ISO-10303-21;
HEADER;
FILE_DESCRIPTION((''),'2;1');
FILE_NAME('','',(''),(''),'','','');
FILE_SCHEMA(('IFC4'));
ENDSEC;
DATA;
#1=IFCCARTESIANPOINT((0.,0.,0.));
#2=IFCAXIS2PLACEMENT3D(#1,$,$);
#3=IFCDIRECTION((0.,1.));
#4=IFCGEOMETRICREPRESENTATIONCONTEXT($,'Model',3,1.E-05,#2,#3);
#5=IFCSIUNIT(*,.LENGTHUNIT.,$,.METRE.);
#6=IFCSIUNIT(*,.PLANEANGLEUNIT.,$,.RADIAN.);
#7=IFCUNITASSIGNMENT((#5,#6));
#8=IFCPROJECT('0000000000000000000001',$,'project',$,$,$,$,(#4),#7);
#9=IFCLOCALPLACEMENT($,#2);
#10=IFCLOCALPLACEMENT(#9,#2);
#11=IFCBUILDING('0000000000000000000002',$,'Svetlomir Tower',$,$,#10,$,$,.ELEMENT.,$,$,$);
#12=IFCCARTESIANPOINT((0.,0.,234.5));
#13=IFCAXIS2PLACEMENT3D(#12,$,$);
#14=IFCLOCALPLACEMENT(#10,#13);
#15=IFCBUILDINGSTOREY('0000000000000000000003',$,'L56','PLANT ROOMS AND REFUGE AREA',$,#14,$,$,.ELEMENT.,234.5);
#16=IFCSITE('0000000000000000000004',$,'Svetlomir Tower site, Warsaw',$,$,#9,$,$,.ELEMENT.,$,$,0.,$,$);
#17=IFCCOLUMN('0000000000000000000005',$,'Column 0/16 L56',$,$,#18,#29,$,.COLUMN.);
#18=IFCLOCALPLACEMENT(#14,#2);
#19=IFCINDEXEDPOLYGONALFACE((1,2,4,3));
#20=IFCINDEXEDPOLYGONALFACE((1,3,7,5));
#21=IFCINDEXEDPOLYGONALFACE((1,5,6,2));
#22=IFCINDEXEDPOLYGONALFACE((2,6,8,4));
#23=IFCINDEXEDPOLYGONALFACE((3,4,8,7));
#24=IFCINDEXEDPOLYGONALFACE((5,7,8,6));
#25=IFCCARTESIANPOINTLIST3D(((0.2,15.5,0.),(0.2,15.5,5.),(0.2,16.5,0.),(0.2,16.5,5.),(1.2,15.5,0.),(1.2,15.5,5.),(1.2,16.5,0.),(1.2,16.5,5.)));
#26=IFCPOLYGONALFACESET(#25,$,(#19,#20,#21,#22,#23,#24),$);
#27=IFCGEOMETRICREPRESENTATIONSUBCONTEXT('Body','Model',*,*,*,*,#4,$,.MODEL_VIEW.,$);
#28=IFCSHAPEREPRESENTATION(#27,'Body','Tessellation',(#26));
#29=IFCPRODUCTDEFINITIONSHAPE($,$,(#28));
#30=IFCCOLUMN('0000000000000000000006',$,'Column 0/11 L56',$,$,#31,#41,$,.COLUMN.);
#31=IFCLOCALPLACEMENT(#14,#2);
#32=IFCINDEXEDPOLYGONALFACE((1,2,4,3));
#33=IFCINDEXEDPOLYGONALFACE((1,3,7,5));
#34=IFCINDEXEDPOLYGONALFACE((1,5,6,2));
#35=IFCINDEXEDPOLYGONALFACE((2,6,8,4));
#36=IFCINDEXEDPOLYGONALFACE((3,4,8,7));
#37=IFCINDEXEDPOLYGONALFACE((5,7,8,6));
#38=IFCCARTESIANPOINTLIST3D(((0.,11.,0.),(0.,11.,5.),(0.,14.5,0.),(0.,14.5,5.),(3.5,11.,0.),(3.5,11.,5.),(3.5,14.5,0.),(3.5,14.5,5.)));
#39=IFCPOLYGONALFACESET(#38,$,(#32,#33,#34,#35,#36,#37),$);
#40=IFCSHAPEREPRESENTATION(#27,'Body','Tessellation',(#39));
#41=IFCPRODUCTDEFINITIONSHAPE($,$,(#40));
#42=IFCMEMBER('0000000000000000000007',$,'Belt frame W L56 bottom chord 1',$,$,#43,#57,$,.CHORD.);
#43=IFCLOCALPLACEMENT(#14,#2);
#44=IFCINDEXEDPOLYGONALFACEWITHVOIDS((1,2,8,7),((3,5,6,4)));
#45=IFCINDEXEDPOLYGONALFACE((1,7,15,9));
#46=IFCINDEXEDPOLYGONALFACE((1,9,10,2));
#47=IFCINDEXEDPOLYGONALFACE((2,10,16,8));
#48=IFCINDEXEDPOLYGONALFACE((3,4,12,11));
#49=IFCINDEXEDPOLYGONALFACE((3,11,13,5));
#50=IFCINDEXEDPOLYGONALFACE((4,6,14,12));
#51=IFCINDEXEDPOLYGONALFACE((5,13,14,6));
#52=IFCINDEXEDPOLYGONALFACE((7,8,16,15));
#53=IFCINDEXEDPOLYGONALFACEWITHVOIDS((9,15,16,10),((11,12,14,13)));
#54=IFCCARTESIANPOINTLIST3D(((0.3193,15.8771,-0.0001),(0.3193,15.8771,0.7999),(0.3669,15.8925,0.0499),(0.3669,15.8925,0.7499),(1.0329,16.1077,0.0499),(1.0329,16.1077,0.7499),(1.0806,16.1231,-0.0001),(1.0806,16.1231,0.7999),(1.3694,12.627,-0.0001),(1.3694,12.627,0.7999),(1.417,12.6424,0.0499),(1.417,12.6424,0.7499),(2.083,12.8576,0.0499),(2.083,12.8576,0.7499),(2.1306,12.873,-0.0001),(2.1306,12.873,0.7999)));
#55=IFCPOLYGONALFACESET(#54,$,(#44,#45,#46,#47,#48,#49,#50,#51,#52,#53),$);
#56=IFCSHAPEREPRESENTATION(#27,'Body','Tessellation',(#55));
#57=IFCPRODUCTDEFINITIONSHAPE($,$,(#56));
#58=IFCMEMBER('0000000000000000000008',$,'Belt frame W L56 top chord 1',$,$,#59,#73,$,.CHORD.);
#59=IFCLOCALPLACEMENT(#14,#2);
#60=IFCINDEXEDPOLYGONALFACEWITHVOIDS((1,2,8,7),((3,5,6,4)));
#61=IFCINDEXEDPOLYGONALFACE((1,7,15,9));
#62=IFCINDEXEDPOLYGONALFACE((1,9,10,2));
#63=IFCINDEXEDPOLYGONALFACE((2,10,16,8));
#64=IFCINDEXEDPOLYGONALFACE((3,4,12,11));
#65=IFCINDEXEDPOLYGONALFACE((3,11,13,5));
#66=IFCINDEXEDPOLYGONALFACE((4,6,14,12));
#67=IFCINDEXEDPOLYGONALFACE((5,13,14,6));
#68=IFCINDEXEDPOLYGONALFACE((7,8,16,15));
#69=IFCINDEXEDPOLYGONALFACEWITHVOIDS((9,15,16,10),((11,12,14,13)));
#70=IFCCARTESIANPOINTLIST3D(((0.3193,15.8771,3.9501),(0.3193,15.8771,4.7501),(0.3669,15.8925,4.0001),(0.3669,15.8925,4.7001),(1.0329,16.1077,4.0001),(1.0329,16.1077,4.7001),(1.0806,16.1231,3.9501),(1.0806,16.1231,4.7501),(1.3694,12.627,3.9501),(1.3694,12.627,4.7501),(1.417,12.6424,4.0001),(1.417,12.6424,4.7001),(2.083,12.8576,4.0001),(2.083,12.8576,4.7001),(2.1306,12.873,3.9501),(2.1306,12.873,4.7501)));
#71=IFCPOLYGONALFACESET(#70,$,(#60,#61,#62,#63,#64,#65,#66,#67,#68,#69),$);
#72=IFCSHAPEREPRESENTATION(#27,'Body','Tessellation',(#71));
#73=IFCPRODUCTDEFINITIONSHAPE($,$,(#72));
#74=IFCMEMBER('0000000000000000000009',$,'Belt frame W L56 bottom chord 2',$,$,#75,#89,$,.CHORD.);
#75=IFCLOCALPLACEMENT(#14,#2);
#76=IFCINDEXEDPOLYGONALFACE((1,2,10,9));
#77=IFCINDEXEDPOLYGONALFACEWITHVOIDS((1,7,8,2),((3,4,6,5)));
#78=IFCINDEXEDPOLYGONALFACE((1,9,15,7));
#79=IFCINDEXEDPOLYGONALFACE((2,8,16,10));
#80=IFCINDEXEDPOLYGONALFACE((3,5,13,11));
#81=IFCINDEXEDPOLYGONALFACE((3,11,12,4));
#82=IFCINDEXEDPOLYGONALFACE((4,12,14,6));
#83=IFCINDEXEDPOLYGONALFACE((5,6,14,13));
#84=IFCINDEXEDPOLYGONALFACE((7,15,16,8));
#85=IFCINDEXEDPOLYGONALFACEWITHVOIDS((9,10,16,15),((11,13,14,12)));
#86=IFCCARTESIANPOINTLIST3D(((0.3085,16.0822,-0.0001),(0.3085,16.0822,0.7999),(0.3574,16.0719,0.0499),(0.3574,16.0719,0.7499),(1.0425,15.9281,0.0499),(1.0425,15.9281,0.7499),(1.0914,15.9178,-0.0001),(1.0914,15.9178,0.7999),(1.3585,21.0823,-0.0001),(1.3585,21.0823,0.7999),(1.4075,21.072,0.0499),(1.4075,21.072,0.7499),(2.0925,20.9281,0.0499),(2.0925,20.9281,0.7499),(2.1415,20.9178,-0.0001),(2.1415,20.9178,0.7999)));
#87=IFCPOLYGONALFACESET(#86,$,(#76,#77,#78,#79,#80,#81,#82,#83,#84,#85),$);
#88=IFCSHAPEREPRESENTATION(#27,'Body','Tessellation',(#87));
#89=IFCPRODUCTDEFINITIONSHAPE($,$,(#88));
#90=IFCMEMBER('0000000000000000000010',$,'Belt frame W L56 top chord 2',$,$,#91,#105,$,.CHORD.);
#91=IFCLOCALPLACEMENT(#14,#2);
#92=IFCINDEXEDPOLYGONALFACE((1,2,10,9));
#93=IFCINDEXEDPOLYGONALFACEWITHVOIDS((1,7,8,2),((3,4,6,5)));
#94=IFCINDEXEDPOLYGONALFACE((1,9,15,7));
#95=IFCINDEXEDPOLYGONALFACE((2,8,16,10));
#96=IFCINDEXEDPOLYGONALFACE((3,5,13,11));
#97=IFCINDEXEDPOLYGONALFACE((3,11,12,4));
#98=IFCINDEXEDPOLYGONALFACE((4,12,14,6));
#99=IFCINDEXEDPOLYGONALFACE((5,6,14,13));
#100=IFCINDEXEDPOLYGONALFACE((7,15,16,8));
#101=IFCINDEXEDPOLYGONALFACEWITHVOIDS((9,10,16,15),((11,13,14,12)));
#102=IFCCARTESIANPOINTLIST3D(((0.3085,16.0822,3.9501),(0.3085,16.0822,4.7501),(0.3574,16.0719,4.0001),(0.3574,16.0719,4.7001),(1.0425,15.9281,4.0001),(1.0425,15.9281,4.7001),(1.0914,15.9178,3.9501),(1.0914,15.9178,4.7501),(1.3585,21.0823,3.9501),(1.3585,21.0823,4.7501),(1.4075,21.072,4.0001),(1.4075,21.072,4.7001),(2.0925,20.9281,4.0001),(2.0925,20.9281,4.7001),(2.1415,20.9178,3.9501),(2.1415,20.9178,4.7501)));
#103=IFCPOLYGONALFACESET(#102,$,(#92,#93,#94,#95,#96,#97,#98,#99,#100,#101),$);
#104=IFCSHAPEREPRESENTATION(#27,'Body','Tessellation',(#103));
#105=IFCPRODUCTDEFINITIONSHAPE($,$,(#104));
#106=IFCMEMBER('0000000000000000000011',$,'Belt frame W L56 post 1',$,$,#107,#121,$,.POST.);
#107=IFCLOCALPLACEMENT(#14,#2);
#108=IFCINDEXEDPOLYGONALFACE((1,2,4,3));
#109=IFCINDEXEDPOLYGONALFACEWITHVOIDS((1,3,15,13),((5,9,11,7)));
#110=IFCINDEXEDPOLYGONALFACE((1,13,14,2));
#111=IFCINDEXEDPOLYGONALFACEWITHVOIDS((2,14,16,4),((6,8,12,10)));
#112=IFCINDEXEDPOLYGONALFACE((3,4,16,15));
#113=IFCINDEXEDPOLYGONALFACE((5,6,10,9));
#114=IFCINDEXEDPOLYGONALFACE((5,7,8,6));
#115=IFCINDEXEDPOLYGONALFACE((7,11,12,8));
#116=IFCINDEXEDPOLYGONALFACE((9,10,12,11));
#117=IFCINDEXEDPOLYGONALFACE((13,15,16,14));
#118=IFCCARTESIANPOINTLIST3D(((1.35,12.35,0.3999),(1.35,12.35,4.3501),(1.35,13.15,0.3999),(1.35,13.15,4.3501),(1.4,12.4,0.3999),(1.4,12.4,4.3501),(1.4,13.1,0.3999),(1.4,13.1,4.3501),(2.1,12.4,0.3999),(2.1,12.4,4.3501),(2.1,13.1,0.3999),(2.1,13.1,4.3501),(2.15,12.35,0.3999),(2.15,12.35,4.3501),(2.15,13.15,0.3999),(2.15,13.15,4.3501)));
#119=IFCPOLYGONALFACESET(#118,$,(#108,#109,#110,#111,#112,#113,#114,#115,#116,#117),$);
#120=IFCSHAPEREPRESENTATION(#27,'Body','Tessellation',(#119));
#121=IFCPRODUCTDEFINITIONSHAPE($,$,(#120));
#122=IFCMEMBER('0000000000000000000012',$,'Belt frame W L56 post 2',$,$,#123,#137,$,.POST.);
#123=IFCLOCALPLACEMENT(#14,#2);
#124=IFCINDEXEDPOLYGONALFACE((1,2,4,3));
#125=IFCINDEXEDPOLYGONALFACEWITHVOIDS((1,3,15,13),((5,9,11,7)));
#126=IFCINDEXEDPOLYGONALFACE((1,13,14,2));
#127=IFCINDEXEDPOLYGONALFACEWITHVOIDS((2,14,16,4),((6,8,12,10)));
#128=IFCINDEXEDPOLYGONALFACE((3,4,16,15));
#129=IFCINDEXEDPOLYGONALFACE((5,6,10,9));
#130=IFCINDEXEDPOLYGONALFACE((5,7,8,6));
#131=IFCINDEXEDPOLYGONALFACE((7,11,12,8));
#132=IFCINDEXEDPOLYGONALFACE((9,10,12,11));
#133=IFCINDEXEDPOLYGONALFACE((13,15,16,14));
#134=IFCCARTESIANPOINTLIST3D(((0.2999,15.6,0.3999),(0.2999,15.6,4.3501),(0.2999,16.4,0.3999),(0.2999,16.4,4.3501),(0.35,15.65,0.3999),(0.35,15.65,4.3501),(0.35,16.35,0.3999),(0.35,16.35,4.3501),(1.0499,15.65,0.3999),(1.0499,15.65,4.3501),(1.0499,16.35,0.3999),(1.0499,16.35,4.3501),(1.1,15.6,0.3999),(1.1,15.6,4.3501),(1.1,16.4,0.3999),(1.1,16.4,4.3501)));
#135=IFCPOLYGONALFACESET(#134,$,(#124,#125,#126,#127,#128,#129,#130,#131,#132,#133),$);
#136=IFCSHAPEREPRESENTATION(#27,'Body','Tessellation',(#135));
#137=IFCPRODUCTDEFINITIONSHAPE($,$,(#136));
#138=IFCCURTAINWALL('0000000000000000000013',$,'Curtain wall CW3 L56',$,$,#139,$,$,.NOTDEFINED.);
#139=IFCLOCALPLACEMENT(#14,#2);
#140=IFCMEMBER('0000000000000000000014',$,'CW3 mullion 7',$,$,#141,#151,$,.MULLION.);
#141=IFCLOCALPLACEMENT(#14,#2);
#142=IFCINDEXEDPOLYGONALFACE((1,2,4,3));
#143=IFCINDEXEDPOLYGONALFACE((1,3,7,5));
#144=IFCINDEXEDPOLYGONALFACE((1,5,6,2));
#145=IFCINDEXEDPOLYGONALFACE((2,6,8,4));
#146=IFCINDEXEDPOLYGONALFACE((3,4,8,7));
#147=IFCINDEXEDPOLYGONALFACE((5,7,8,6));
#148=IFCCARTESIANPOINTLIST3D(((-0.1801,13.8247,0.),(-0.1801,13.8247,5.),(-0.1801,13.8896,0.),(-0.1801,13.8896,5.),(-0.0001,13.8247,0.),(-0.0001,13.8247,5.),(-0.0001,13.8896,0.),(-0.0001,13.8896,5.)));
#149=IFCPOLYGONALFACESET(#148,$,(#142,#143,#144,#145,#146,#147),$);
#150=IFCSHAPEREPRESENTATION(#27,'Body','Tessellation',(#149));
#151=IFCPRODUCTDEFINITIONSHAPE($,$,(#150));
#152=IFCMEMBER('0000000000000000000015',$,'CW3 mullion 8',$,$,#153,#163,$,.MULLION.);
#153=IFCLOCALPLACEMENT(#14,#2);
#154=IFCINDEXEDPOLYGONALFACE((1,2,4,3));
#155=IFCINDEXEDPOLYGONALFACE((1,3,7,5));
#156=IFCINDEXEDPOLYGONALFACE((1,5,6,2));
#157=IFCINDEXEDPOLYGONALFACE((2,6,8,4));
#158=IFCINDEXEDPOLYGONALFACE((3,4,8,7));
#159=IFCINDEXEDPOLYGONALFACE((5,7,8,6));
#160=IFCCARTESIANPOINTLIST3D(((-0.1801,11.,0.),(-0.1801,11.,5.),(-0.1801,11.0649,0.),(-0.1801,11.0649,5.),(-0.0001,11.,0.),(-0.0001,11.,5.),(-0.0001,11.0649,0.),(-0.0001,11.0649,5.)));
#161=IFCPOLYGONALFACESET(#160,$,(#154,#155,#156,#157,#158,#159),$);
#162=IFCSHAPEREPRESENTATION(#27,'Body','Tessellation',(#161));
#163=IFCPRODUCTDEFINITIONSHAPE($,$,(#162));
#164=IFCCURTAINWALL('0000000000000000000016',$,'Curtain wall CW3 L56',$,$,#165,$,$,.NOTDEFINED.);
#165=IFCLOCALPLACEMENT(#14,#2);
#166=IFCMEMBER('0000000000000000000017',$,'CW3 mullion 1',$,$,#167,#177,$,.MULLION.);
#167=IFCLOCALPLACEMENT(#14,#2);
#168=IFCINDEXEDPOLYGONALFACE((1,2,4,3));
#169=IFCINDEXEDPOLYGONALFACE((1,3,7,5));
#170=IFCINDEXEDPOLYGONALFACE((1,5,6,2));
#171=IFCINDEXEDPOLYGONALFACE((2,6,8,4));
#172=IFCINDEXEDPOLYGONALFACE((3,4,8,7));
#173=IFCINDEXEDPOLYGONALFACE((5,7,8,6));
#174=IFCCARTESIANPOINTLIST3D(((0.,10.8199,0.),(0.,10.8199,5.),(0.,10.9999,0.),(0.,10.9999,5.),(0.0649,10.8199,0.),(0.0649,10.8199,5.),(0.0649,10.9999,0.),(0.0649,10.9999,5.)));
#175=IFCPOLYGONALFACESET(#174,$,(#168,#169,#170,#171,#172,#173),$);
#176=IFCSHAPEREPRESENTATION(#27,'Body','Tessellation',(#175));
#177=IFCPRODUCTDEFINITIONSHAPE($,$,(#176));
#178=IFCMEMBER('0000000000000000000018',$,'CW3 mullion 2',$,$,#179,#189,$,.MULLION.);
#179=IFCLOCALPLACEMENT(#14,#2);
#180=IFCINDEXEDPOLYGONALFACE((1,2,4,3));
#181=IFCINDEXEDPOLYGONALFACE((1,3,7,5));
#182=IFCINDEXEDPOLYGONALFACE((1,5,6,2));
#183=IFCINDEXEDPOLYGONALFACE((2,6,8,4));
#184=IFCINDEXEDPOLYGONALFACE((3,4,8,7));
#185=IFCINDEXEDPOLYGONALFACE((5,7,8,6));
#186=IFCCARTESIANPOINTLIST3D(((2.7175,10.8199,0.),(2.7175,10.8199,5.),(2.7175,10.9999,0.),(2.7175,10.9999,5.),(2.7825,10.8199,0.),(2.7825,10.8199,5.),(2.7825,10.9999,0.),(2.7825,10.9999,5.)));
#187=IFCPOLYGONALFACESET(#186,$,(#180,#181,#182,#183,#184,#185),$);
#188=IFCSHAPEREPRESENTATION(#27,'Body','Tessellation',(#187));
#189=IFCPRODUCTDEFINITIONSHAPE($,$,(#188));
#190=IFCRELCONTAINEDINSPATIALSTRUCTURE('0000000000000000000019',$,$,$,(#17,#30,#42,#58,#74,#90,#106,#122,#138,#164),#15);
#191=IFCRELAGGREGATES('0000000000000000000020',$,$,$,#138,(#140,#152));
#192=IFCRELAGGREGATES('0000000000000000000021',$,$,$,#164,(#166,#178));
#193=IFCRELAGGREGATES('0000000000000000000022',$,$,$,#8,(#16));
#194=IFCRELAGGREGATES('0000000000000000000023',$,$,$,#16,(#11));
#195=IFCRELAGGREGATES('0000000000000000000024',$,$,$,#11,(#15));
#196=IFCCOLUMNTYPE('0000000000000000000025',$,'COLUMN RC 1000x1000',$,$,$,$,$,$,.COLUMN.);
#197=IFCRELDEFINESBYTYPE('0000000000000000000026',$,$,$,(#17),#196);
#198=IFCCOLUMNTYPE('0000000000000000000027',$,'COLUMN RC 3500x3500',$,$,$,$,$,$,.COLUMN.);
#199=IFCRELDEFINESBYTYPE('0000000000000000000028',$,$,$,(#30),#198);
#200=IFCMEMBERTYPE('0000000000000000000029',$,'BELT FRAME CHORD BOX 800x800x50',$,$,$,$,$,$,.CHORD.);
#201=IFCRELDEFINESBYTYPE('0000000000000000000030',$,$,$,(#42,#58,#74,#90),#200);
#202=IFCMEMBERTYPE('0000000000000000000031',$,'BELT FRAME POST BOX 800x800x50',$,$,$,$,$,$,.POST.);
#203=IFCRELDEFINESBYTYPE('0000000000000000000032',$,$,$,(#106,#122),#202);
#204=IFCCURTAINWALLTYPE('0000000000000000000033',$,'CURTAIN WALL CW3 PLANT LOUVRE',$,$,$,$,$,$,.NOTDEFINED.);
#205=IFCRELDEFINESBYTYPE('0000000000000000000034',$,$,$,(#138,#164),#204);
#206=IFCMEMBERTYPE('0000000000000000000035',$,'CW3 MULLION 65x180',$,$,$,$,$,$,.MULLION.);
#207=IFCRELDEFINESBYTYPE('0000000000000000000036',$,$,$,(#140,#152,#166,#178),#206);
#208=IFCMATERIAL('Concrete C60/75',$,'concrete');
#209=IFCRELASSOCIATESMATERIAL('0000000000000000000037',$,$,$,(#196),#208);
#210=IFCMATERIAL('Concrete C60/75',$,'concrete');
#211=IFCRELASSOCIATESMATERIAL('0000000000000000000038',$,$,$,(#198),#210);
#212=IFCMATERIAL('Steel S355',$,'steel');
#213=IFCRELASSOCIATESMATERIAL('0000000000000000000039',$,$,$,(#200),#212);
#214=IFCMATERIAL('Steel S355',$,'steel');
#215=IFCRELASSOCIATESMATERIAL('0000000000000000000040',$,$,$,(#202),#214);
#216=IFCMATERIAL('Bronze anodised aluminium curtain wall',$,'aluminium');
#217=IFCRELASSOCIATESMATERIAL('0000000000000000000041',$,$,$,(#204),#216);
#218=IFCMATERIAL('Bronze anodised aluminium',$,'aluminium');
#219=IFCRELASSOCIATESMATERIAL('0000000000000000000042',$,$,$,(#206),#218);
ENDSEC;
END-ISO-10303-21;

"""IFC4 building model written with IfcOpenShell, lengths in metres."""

from ifc_helpers import new_model, si_unit, direction, frame, origin, origin_2d, place, context, subcontext, project, spatial, rectangle, hollow_rectangle, extrude, material, material_profile, profile_set, type_object, element, aggregate, save


model = new_model("IFC4")

# Units and contexts
model_context = context("Model", 3, precision=1e-05, world=origin(), true_north=direction((0.0, 1.0)))
body_context = subcontext(model_context, "Body", "Model", "MODEL_VIEW")
ifc_project = project(units=[si_unit("LENGTHUNIT", "METRE"), si_unit("PLANEANGLEUNIT", "RADIAN")], contexts=[model_context])

# Site, building, storey
site_placement = place(None, origin())
site = spatial("IfcSite", under=ifc_project, at=site_placement, Name="Svetlomir Tower site, Warsaw", CompositionType="ELEMENT", RefElevation=0.0)
building_placement = place(site_placement, origin())
building = spatial("IfcBuilding", under=site, at=building_placement, Name="Svetlomir Tower", CompositionType="ELEMENT")
storey_placement = place(building_placement, frame((0.0, 0.0, 234.5)))
storey = spatial("IfcBuildingStorey", under=building, at=storey_placement, Name="L56", Description="PLANT ROOMS AND REFUGE AREA", CompositionType="ELEMENT", Elevation=234.5)

# Columns
ifc_material_1 = material(Name="Concrete C60/75", Category="concrete")
ifc_material_profile_1 = material_profile(ifc_material_1, rectangle(XDim=1.0, YDim=1.0, at=origin_2d()), Name="RC 1000x1000")
ifc_profile_set_1 = profile_set([ifc_material_profile_1], Name="Concrete C60/75")
column_type_1 = type_object("IfcColumnType", Name="COLUMN RC 1000x1000", PredefinedType="COLUMN", material=ifc_profile_set_1)
column_1_placement = place(storey_placement, frame((0.7, 16.0, 0.0), z_axis=(0.0, 0.0, 1.0), x_axis=(1.0, 0.0, 0.0)))
element("IfcColumn", 1, at=column_1_placement, inside=storey, type_object=column_type_1, Name="Column 0/16 L56", PredefinedType="COLUMN", context=body_context, shape_type="SweptSolid", body=[
    extrude(rectangle(XDim=1.0, YDim=1.0, at=origin_2d()), origin(), (0.0, 0.0, 1.0), 5.0),
])
ifc_material_2 = material(Name="Concrete C60/75", Category="concrete")
ifc_material_profile_2 = material_profile(ifc_material_2, rectangle(XDim=3.5, YDim=3.5, at=origin_2d()), Name="RC 3500x3500")
ifc_profile_set_2 = profile_set([ifc_material_profile_2], Name="Concrete C60/75")
column_type_2 = type_object("IfcColumnType", Name="COLUMN RC 3500x3500", PredefinedType="COLUMN", material=ifc_profile_set_2)
column_2_placement = place(storey_placement, frame((1.75, 12.75, 0.0), z_axis=(0.0, 0.0, 1.0), x_axis=(1.0, 0.0, 0.0)))
element("IfcColumn", 2, at=column_2_placement, inside=storey, type_object=column_type_2, Name="Column 0/11 L56", PredefinedType="COLUMN", context=body_context, shape_type="SweptSolid", body=[
    extrude(rectangle(XDim=3.5, YDim=3.5, at=origin_2d()), origin(), (0.0, 0.0, 1.0), 5.0),
])

# Members
ifc_material_3 = material(Name="Steel S355", Category="steel")
ifc_material_profile_3 = material_profile(ifc_material_3, hollow_rectangle(XDim=0.8, YDim=0.8, WallThickness=0.05, at=origin_2d()), Name="BOX 800x800x50")
ifc_profile_set_3 = profile_set([ifc_material_profile_3], Name="Steel S355")
member_type_1 = type_object("IfcMemberType", Name="BELT FRAME CHORD BOX 800x800x50", PredefinedType="CHORD", material=ifc_profile_set_3)
for number, where, z_axis, x_axis, name in (
    (3, (1.75, 12.75, 0.3999), (-0.307443, 0.951566, 0.0), (-0.951566, -0.307443, 0.0), "Belt frame W L56 bottom chord 1"),
    (4, (1.75, 12.75, 4.3501), (-0.307443, 0.951566, 0.0), (-0.951566, -0.307443, 0.0), "Belt frame W L56 top chord 1"),
):
    element("IfcMember", number, at=place(storey_placement, frame(where, z_axis=z_axis, x_axis=x_axis)), inside=storey, type_object=member_type_1, Name=name, PredefinedType="CHORD", context=body_context, shape_type="SweptSolid", body=[
        extrude(hollow_rectangle(XDim=0.8, YDim=0.8, WallThickness=0.05, at=origin_2d()), origin(), (0.0, 0.0, 1.0), 3.4155),
    ])
for number, where, z_axis, x_axis, name in (
    (5, (0.7, 16.0, 0.3999), (0.205526, 0.978652, 0.0), (-0.978652, 0.205526, 0.0), "Belt frame W L56 bottom chord 2"),
    (6, (0.7, 16.0, 4.3501), (0.205526, 0.978652, 0.0), (-0.978652, 0.205526, 0.0), "Belt frame W L56 top chord 2"),
):
    element("IfcMember", number, at=place(storey_placement, frame(where, z_axis=z_axis, x_axis=x_axis)), inside=storey, type_object=member_type_1, Name=name, PredefinedType="CHORD", context=body_context, shape_type="SweptSolid", body=[
        extrude(hollow_rectangle(XDim=0.8, YDim=0.8, WallThickness=0.05, at=origin_2d()), origin(), (0.0, 0.0, 1.0), 5.1091),
    ])
ifc_material_4 = material(Name="Steel S355", Category="steel")
ifc_material_profile_4 = material_profile(ifc_material_4, hollow_rectangle(XDim=0.8, YDim=0.8, WallThickness=0.05, at=origin_2d()), Name="BOX 800x800x50")
ifc_profile_set_4 = profile_set([ifc_material_profile_4], Name="Steel S355")
member_type_2 = type_object("IfcMemberType", Name="BELT FRAME POST BOX 800x800x50", PredefinedType="POST", material=ifc_profile_set_4)
for number, where, z_axis, x_axis, name in (
    (7, (1.75, 12.75, 0.3999), (0.0, 0.0, 1.0), (1.0, 0.0, 0.0), "Belt frame W L56 post 1"),
    (8, (0.7, 16.0, 0.3999), (0.0, 0.0, 1.0), (1.0, 0.0, 0.0), "Belt frame W L56 post 2"),
):
    element("IfcMember", number, at=place(storey_placement, frame(where, z_axis=z_axis, x_axis=x_axis)), inside=storey, type_object=member_type_2, Name=name, PredefinedType="POST", context=body_context, shape_type="SweptSolid", body=[
        extrude(hollow_rectangle(XDim=0.8, YDim=0.8, WallThickness=0.05, at=origin_2d()), origin(), (0.0, 0.0, 1.0), 3.9502),
    ])

# Curtain walls, members
ifc_material_5 = material(Name="Bronze anodised aluminium curtain wall", Category="aluminium")
curtain_wall_type = type_object("IfcCurtainWallType", Name="CURTAIN WALL CW3 PLANT LOUVRE", PredefinedType="NOTDEFINED", material=ifc_material_5)
curtain_wall_1_placement = place(storey_placement, origin())
curtain_wall_1 = element("IfcCurtainWall", 9, at=curtain_wall_1_placement, inside=storey, type_object=curtain_wall_type, Name="Curtain wall CW3 L56", PredefinedType="NOTDEFINED")
ifc_material_6 = material(Name="Bronze anodised aluminium", Category="aluminium")
ifc_material_profile_5 = material_profile(ifc_material_6, rectangle(XDim=0.0649, YDim=0.1799, at=origin_2d()), Name="AL 65x180")
ifc_profile_set_5 = profile_set([ifc_material_profile_5], Name="Bronze anodised aluminium 6063-T6")
member_type_3 = type_object("IfcMemberType", Name="CW3 MULLION 65x180", PredefinedType="MULLION", material=ifc_profile_set_5)
member_1_placement = place(storey_placement, frame((-0.0901, 13.8572, 0.0), z_axis=(0.0, 0.0, 1.0), x_axis=(0.0, -1.0, 0.0)))
member_1 = element("IfcMember", 10, at=member_1_placement, type_object=member_type_3, Name="CW3 mullion 7", PredefinedType="MULLION", context=body_context, shape_type="SweptSolid", body=[
    extrude(rectangle(XDim=0.0649, YDim=0.1799, at=origin_2d()), origin(), (0.0, 0.0, 1.0), 5.0),
])
member_2_placement = place(storey_placement, frame((-0.0901, 11.0325, 0.0), z_axis=(0.0, 0.0, 1.0), x_axis=(0.0, -1.0, 0.0)))
member_2 = element("IfcMember", 11, at=member_2_placement, type_object=member_type_3, Name="CW3 mullion 8", PredefinedType="MULLION", context=body_context, shape_type="SweptSolid", body=[
    extrude(rectangle(XDim=0.0649, YDim=0.1799, at=origin_2d()), origin(), (0.0, 0.0, 1.0), 5.0),
])
curtain_wall_2_placement = place(storey_placement, origin())
curtain_wall_2 = element("IfcCurtainWall", 12, at=curtain_wall_2_placement, inside=storey, type_object=curtain_wall_type, Name="Curtain wall CW3 L56", PredefinedType="NOTDEFINED")
member_3_placement = place(storey_placement, frame((0.0325, 10.9099, 0.0), z_axis=(0.0, 0.0, 1.0), x_axis=(1.0, 0.0, 0.0)))
member_3 = element("IfcMember", 13, at=member_3_placement, type_object=member_type_3, Name="CW3 mullion 1", PredefinedType="MULLION", context=body_context, shape_type="SweptSolid", body=[
    extrude(rectangle(XDim=0.0649, YDim=0.1799, at=origin_2d()), origin(), (0.0, 0.0, 1.0), 5.0),
])
member_4_placement = place(storey_placement, frame((2.75, 10.9099, 0.0), z_axis=(0.0, 0.0, 1.0), x_axis=(1.0, 0.0, 0.0)))
member_4 = element("IfcMember", 14, at=member_4_placement, type_object=member_type_3, Name="CW3 mullion 2", PredefinedType="MULLION", context=body_context, shape_type="SweptSolid", body=[
    extrude(rectangle(XDim=0.0649, YDim=0.1799, at=origin_2d()), origin(), (0.0, 0.0, 1.0), 5.0),
])

aggregate(curtain_wall_1, [member_1, member_2])
aggregate(curtain_wall_2, [member_3, member_4])

save(model, "model.ifc")
